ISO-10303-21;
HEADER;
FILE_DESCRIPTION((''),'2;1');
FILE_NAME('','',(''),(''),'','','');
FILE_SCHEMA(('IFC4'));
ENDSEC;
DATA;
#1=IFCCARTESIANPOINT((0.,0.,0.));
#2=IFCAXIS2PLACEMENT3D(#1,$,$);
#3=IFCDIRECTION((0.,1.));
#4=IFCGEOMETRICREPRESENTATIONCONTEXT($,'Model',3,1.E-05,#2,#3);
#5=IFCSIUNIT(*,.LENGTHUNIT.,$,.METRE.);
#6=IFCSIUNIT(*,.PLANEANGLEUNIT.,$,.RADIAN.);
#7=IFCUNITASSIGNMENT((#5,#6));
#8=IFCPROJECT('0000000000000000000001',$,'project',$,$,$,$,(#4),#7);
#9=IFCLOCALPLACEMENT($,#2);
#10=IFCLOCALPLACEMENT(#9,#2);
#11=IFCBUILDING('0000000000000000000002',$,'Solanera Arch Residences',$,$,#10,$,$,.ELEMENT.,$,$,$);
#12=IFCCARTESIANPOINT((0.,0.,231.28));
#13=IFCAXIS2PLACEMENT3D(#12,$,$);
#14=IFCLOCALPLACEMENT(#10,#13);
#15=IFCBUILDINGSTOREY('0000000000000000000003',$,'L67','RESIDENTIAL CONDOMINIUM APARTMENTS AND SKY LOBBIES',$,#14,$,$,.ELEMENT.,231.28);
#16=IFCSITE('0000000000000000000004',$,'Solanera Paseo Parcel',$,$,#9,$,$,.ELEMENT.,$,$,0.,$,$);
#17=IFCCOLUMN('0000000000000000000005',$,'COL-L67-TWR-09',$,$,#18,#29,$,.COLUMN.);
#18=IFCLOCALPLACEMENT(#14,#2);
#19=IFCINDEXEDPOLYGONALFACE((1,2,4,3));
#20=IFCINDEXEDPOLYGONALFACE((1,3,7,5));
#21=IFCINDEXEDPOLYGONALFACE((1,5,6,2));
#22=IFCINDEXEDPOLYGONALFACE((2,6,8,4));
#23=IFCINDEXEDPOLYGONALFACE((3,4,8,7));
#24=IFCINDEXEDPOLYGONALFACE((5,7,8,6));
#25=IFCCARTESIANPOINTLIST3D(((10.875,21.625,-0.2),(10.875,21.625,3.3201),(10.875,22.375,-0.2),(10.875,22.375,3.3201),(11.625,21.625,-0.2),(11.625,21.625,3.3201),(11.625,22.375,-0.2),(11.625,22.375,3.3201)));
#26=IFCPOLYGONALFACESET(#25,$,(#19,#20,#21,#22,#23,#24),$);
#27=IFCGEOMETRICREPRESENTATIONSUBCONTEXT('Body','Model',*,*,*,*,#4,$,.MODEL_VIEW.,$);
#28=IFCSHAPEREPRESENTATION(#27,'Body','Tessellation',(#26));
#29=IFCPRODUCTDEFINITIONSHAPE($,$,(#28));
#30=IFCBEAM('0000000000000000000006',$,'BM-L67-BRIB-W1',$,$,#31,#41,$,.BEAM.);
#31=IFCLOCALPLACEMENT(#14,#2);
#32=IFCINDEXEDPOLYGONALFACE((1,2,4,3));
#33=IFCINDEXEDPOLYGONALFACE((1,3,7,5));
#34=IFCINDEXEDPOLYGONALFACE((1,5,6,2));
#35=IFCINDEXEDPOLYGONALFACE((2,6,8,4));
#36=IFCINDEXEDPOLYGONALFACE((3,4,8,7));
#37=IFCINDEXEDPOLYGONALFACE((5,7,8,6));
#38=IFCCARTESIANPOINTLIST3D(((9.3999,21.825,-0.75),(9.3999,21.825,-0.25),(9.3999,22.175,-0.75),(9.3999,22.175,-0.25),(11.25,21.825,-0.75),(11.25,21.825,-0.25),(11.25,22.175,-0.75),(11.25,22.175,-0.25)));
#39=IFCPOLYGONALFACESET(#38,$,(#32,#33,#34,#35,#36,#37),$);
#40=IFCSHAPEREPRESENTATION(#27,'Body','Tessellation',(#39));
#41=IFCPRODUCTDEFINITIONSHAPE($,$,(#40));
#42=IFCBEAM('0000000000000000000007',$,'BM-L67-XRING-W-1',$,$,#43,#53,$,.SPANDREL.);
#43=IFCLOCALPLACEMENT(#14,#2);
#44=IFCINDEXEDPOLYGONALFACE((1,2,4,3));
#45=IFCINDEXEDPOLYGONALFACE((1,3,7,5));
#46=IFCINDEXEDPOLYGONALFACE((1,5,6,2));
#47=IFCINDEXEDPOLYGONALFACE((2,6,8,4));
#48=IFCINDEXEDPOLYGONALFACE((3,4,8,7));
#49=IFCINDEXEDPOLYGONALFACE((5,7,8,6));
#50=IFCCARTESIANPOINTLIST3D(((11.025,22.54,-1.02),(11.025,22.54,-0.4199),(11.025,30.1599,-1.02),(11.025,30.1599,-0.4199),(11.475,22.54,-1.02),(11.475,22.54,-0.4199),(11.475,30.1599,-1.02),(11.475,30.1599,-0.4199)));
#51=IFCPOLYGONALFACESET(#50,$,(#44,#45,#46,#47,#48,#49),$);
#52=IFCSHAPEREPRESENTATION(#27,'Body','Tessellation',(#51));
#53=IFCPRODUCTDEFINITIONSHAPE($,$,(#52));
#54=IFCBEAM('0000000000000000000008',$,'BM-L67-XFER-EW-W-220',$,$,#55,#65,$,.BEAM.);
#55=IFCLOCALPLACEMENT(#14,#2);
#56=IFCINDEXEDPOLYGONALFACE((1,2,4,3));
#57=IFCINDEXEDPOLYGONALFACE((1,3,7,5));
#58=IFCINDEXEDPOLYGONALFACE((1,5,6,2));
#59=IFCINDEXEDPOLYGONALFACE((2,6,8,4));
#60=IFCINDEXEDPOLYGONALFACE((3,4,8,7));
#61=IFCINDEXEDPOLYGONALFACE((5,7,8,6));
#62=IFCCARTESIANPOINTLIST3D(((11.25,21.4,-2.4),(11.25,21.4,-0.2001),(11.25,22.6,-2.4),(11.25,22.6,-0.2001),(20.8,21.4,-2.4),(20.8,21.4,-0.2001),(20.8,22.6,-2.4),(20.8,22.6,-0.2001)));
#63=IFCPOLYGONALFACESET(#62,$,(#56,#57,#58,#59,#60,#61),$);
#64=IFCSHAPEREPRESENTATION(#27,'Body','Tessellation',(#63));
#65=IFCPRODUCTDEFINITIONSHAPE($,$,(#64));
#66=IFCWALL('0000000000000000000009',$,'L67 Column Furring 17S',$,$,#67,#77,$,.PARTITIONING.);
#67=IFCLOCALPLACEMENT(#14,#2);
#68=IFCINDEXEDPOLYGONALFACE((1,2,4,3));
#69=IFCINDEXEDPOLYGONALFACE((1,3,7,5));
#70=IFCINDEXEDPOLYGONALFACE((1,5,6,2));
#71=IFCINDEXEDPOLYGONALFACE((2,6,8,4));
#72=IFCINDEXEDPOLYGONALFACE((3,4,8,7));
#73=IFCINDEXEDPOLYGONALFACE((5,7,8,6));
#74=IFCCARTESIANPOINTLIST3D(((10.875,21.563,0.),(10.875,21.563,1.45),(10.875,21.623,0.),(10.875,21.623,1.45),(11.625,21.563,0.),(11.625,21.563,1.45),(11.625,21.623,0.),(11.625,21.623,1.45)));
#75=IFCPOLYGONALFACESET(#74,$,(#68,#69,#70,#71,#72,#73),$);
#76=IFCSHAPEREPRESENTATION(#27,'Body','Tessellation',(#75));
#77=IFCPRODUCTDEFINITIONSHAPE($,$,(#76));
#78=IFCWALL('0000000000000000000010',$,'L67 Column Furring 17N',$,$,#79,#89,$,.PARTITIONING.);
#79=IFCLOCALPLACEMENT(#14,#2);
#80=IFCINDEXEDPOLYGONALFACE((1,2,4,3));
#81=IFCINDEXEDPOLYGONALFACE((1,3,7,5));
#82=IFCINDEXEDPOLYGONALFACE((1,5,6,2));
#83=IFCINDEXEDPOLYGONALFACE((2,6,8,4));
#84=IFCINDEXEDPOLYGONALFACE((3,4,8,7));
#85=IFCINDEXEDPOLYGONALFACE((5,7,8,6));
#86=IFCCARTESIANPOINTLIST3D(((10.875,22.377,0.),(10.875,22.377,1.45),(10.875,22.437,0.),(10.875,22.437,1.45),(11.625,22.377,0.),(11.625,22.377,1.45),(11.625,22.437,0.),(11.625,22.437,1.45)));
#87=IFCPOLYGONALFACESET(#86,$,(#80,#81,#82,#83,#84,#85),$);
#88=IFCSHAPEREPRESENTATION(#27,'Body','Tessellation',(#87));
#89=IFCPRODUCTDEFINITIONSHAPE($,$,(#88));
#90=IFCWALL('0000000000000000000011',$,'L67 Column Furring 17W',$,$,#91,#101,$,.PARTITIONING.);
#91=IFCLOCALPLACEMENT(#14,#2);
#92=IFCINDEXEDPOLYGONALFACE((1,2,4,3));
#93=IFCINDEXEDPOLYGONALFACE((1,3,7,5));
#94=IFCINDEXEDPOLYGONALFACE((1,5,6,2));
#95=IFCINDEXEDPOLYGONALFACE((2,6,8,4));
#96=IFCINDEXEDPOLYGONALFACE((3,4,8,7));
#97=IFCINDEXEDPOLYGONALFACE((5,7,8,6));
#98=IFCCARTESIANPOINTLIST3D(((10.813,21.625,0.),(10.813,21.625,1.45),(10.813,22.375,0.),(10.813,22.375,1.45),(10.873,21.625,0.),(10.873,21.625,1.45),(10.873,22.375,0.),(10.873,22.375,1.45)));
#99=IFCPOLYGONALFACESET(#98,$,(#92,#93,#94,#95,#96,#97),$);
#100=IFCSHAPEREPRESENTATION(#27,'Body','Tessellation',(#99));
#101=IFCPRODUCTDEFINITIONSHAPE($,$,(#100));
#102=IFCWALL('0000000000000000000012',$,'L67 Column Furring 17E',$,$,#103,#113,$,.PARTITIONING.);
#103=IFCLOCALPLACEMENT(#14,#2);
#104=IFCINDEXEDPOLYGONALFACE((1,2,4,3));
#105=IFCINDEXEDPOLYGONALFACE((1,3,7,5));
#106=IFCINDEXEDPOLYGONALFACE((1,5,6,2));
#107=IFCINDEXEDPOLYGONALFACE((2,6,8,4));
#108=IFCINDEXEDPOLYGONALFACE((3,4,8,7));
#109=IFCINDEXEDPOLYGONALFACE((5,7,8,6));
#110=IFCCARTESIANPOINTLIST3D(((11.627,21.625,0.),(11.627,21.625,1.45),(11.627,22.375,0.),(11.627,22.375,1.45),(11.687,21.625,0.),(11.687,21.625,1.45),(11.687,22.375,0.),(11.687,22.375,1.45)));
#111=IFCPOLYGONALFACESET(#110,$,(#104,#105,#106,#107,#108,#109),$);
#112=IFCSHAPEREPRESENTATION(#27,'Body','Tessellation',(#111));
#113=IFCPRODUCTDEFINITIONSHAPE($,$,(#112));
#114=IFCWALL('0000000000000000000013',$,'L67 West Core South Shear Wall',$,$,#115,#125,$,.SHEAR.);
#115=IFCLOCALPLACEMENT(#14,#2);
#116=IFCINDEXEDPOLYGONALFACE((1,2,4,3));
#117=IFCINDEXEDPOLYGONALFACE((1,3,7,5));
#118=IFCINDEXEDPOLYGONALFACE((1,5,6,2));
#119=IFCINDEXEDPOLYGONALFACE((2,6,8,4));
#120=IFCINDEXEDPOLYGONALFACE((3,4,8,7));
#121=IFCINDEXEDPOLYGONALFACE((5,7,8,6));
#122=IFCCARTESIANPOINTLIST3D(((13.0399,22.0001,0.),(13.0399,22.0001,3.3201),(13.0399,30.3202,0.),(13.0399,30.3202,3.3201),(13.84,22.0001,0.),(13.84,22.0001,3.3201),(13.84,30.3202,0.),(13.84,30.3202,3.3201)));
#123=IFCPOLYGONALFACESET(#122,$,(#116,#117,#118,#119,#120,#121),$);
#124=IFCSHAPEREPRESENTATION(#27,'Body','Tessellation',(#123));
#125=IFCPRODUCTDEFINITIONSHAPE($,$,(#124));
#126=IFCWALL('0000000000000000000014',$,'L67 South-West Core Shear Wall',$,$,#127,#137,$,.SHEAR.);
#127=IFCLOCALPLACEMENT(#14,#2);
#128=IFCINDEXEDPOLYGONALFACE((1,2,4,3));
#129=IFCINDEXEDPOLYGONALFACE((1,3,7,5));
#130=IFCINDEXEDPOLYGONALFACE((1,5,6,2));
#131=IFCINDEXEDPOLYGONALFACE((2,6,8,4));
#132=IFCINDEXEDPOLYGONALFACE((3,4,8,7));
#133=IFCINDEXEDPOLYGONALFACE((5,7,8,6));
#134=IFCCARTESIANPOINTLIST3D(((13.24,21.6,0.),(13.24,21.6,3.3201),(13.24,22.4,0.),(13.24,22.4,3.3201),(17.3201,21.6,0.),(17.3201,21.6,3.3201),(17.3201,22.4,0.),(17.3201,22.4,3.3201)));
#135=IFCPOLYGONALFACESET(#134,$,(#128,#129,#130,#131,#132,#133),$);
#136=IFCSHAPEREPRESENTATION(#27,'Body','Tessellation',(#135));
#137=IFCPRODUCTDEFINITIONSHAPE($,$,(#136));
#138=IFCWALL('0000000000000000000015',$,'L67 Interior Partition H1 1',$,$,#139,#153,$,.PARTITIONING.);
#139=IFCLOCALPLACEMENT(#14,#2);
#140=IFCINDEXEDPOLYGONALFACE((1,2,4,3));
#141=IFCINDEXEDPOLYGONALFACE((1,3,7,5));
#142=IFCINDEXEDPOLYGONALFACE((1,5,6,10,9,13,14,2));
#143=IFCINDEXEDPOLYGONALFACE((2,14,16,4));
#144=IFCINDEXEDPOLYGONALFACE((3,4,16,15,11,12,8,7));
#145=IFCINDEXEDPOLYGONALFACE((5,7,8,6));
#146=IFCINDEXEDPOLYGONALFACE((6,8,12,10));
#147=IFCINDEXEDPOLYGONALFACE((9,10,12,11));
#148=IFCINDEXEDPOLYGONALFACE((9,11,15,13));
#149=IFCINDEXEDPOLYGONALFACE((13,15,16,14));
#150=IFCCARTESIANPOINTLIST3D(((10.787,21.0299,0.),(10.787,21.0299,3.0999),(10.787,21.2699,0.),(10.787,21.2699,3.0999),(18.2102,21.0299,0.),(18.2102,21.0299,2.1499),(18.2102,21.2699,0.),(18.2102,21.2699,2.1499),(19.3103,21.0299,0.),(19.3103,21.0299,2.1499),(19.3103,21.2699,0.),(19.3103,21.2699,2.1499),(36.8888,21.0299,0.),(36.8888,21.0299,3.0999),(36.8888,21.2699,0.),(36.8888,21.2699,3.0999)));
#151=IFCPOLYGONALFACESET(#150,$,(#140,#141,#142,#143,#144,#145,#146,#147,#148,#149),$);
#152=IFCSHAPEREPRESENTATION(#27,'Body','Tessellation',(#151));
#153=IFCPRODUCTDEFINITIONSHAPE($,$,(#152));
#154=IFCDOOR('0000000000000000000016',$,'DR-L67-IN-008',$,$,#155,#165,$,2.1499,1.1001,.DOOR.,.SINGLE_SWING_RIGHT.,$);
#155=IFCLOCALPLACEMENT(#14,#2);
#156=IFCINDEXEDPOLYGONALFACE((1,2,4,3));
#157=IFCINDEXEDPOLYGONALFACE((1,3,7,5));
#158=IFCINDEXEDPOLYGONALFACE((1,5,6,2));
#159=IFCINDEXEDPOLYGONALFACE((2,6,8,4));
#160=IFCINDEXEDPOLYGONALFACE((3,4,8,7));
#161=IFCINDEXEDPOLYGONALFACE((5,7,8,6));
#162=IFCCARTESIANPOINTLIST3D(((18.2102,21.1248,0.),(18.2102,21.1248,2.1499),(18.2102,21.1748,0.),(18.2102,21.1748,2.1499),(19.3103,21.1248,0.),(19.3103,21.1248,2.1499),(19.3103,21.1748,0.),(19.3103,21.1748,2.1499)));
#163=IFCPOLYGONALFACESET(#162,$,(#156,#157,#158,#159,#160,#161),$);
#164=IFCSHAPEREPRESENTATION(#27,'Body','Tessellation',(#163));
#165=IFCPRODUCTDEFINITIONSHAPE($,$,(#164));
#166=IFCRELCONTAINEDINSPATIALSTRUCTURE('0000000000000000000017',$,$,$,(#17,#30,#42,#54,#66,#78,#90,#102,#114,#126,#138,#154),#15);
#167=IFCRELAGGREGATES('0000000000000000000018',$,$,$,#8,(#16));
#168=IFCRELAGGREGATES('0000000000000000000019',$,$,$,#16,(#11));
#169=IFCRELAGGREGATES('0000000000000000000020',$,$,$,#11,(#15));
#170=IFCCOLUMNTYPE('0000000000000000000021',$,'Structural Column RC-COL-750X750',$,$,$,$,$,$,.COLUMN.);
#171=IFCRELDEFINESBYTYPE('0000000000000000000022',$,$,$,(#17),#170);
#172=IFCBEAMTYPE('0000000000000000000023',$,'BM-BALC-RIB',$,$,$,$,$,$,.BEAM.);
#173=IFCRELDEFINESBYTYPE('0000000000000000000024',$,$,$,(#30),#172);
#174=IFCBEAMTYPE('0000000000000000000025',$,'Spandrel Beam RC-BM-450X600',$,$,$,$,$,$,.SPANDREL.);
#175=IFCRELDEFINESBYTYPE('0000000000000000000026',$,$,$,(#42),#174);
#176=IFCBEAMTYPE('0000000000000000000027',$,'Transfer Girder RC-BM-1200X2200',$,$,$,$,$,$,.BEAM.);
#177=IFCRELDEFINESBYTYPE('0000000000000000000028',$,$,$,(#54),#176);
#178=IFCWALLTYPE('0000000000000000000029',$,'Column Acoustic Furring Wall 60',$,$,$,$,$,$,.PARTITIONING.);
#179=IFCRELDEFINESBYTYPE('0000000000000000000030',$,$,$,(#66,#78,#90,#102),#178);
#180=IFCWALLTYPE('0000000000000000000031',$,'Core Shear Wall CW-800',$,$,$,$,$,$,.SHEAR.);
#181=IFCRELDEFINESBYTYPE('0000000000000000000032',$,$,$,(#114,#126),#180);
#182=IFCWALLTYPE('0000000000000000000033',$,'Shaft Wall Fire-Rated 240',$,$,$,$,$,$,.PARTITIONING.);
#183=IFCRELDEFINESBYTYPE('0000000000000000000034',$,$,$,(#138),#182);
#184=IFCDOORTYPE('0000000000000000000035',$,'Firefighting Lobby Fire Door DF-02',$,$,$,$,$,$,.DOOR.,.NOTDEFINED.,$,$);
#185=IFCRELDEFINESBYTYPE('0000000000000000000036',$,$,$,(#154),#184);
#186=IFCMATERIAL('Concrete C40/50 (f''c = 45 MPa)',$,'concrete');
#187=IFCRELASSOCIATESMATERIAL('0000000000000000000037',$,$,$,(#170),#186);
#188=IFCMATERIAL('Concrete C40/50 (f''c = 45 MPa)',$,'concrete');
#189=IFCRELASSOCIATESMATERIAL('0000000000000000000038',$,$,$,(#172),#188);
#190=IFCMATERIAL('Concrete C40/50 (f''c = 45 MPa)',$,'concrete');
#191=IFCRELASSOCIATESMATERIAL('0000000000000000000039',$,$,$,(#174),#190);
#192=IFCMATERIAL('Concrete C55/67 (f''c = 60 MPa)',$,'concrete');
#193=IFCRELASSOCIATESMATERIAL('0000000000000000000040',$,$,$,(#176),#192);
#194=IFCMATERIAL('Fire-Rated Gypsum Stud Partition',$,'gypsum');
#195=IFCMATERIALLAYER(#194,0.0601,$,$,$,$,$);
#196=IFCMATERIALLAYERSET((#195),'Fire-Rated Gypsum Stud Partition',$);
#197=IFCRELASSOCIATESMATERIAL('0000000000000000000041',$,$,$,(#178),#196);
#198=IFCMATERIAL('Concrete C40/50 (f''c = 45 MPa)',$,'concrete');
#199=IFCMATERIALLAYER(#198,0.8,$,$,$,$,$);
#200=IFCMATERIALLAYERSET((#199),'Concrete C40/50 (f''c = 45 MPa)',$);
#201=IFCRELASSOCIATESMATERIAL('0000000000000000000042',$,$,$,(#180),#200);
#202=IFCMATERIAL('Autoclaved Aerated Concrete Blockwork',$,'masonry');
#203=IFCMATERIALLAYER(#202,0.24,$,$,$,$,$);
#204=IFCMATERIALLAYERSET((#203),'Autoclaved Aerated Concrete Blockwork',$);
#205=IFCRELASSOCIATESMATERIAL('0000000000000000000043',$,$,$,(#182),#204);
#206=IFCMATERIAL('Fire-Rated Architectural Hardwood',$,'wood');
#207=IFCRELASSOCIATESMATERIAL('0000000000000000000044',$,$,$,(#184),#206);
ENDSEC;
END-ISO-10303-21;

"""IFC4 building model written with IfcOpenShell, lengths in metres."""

from ifc_helpers import new_model, si_unit, direction, frame, frame_2d, origin, origin_2d, place, context, subcontext, project, spatial, rectangle, extrude, material, layer, layer_set, material_profile, profile_set, type_object, element, fill, save


model = new_model("IFC4")

# Units and contexts
model_context = context("Model", 3, precision=1e-05, world=origin(), true_north=direction((0.0, 1.0)))
body_context = subcontext(model_context, "Body", "Model", "MODEL_VIEW")
ifc_project = project(units=[si_unit("LENGTHUNIT", "METRE"), si_unit("PLANEANGLEUNIT", "RADIAN")], contexts=[model_context])

# Site, building, storey
site_placement = place(None, origin())
site = spatial("IfcSite", under=ifc_project, at=site_placement, Name="Solanera Paseo Parcel", CompositionType="ELEMENT", RefElevation=0.0)
building_placement = place(site_placement, origin())
building = spatial("IfcBuilding", under=site, at=building_placement, Name="Solanera Arch Residences", CompositionType="ELEMENT")
storey_placement = place(building_placement, frame((0.0, 0.0, 231.28)))
storey = spatial("IfcBuildingStorey", under=building, at=storey_placement, Name="L67", Description="RESIDENTIAL CONDOMINIUM APARTMENTS AND SKY LOBBIES", CompositionType="ELEMENT", Elevation=231.28)

# Column
ifc_material_1 = material(Name="Concrete C40/50 (f'c = 45 MPa)", Category="concrete")
ifc_material_profile_1 = material_profile(ifc_material_1, rectangle(XDim=0.75, YDim=0.75, at=origin_2d()))
ifc_profile_set_1 = profile_set([ifc_material_profile_1], Name="Concrete C40/50 (f'c = 45 MPa)")
column_type = type_object("IfcColumnType", Name="Structural Column RC-COL-750X750", PredefinedType="COLUMN", material=ifc_profile_set_1)
column_placement = place(storey_placement, frame((11.25, 22.0, -0.2), z_axis=(0.0, 0.0, 1.0), x_axis=(1.0, 0.0, 0.0)))
element("IfcColumn", 1, at=column_placement, inside=storey, type_object=column_type, Name="COL-L67-TWR-09", PredefinedType="COLUMN", context=body_context, shape_type="SweptSolid", body=[
    extrude(rectangle(XDim=0.75, YDim=0.75, at=origin_2d()), origin(), (0.0, 0.0, 1.0), 3.52),
])

# Beams
ifc_material_2 = material(Name="Concrete C40/50 (f'c = 45 MPa)", Category="concrete")
ifc_material_profile_2 = material_profile(ifc_material_2, rectangle(XDim=0.3501, YDim=0.5, at=origin_2d()))
ifc_profile_set_2 = profile_set([ifc_material_profile_2], Name="Concrete C40/50 (f'c = 45 MPa)")
beam_type_1 = type_object("IfcBeamType", Name="BM-BALC-RIB", PredefinedType="BEAM", material=ifc_profile_set_2)
beam_1_placement = place(storey_placement, frame((9.3999, 22.0, -0.5), z_axis=(1.0, 0.0, 0.0), x_axis=(0.0, 1.0, 0.0)))
element("IfcBeam", 2, at=beam_1_placement, inside=storey, type_object=beam_type_1, Name="BM-L67-BRIB-W1", PredefinedType="BEAM", context=body_context, shape_type="SweptSolid", body=[
    extrude(rectangle(XDim=0.3501, YDim=0.5, at=origin_2d()), origin(), (0.0, 0.0, 1.0), 1.8501),
])
ifc_material_3 = material(Name="Concrete C40/50 (f'c = 45 MPa)", Category="concrete")
ifc_material_profile_3 = material_profile(ifc_material_3, rectangle(XDim=0.45, YDim=0.6001, at=origin_2d()))
ifc_profile_set_3 = profile_set([ifc_material_profile_3], Name="Concrete C40/50 (f'c = 45 MPa)")
beam_type_2 = type_object("IfcBeamType", Name="Spandrel Beam RC-BM-450X600", PredefinedType="SPANDREL", material=ifc_profile_set_3)
beam_2_placement = place(storey_placement, frame((11.25, 22.54, -0.72), z_axis=(0.0, 1.0, 0.0), x_axis=(-1.0, 0.0, 0.0)))
element("IfcBeam", 3, at=beam_2_placement, inside=storey, type_object=beam_type_2, Name="BM-L67-XRING-W-1", PredefinedType="SPANDREL", context=body_context, shape_type="SweptSolid", body=[
    extrude(rectangle(XDim=0.45, YDim=0.6001, at=origin_2d()), origin(), (0.0, 0.0, 1.0), 7.6199),
])
ifc_material_4 = material(Name="Concrete C55/67 (f'c = 60 MPa)", Category="concrete")
ifc_material_profile_4 = material_profile(ifc_material_4, rectangle(XDim=1.2, YDim=2.2, at=origin_2d()))
ifc_profile_set_4 = profile_set([ifc_material_profile_4], Name="Concrete C55/67 (f'c = 60 MPa)")
beam_type_3 = type_object("IfcBeamType", Name="Transfer Girder RC-BM-1200X2200", PredefinedType="BEAM", material=ifc_profile_set_4)
beam_3_placement = place(storey_placement, frame((11.25, 22.0, -1.3), z_axis=(1.0, 0.0, 0.0), x_axis=(0.0, 1.0, 0.0)))
element("IfcBeam", 4, at=beam_3_placement, inside=storey, type_object=beam_type_3, Name="BM-L67-XFER-EW-W-220", PredefinedType="BEAM", context=body_context, shape_type="SweptSolid", body=[
    extrude(rectangle(XDim=1.2, YDim=2.2, at=origin_2d()), origin(), (0.0, 0.0, 1.0), 9.55),
])

# Walls
ifc_material_5 = material(Name="Fire-Rated Gypsum Stud Partition", Category="gypsum")
ifc_layer_1 = layer(ifc_material_5, 0.0601)
ifc_layer_set_1 = layer_set([ifc_layer_1], Name="Fire-Rated Gypsum Stud Partition")
wall_type_1 = type_object("IfcWallType", Name="Column Acoustic Furring Wall 60", PredefinedType="PARTITIONING", material=ifc_layer_set_1)
for number, where, z_axis, x_axis, name in (
    (5, (10.875, 21.593, 0.0), (0.0, 0.0, 1.0), (1.0, 0.0, 0.0), "L67 Column Furring 17S"),
    (6, (10.875, 22.407, 0.0), (0.0, 0.0, 1.0), (1.0, 0.0, 0.0), "L67 Column Furring 17N"),
    (7, (10.843, 21.625, 0.0), (0.0, 0.0, 1.0), (0.0, 1.0, 0.0), "L67 Column Furring 17W"),
    (8, (11.657, 21.625, 0.0), (0.0, 0.0, 1.0), (0.0, 1.0, 0.0), "L67 Column Furring 17E"),
):
    element("IfcWall", number, at=place(storey_placement, frame(where, z_axis=z_axis, x_axis=x_axis)), inside=storey, type_object=wall_type_1, Name=name, PredefinedType="PARTITIONING", context=body_context, shape_type="SweptSolid", body=[
        extrude(rectangle(XDim=0.75, YDim=0.0601, at=frame_2d((0.375, 0.0))), origin(), (0.0, 0.0, 1.0), 1.45),
    ])
ifc_material_6 = material(Name="Concrete C40/50 (f'c = 45 MPa)", Category="concrete")
ifc_layer_2 = layer(ifc_material_6, 0.8)
ifc_layer_set_2 = layer_set([ifc_layer_2], Name="Concrete C40/50 (f'c = 45 MPa)")
wall_type_2 = type_object("IfcWallType", Name="Core Shear Wall CW-800", PredefinedType="SHEAR", material=ifc_layer_set_2)
wall_1_placement = place(storey_placement, frame((13.4399, 22.0, 0.0), z_axis=(0.0, 0.0, 1.0), x_axis=(0.0, 1.0, 0.0)))
element("IfcWall", 9, at=wall_1_placement, inside=storey, type_object=wall_type_2, Name="L67 West Core South Shear Wall", PredefinedType="SHEAR", context=body_context, shape_type="SweptSolid", body=[
    extrude(rectangle(XDim=8.3201, YDim=0.8, at=frame_2d((4.1602, 0.0))), origin(), (0.0, 0.0, 1.0), 3.3201),
])
wall_2_placement = place(storey_placement, frame((13.24, 22.0, 0.0), z_axis=(0.0, 0.0, 1.0), x_axis=(1.0, 0.0, 0.0)))
element("IfcWall", 10, at=wall_2_placement, inside=storey, type_object=wall_type_2, Name="L67 South-West Core Shear Wall", PredefinedType="SHEAR", context=body_context, shape_type="SweptSolid", body=[
    extrude(rectangle(XDim=4.0801, YDim=0.8, at=frame_2d((2.04, 0.0))), origin(), (0.0, 0.0, 1.0), 3.3201),
])

# Wall, opening, door
ifc_material_7 = material(Name="Autoclaved Aerated Concrete Blockwork", Category="masonry")
ifc_layer_3 = layer(ifc_material_7, 0.24)
ifc_layer_set_3 = layer_set([ifc_layer_3], Name="Autoclaved Aerated Concrete Blockwork")
wall_type_3 = type_object("IfcWallType", Name="Shaft Wall Fire-Rated 240", PredefinedType="PARTITIONING", material=ifc_layer_set_3)
wall_3_placement = place(storey_placement, frame((10.7871, 21.1499, 0.0), z_axis=(0.0, 0.0, 1.0), x_axis=(1.0, 0.0, 0.0)))
wall_3 = element("IfcWall", 11, at=wall_3_placement, inside=storey, type_object=wall_type_3, Name="L67 Interior Partition H1 1", PredefinedType="PARTITIONING", context=body_context, shape_type="SweptSolid", body=[
    extrude(rectangle(XDim=26.1018, YDim=0.24, at=frame_2d((13.0508, 0.0))), origin(), (0.0, 0.0, 1.0), 3.0999),
])
opening_placement = place(wall_3_placement, frame((7.4231, 0.0, 0.0)))
opening = element("IfcOpeningElement", 12, at=opening_placement, cuts=wall_3, PredefinedType="OPENING", context=body_context, shape_type="SweptSolid", body=[
    extrude(rectangle(XDim=1.1001, YDim=2.1499, at=frame_2d((0.55, 1.075))), frame((0.0, 0.1299, 0.0), z_axis=(0.0, -1.0, 0.0), x_axis=(1.0, 0.0, 0.0)), (0.0, 0.0, 1.0), 0.26),
])
ifc_material_8 = material(Name="Fire-Rated Architectural Hardwood", Category="wood")
door_type = type_object("IfcDoorType", Name="Firefighting Lobby Fire Door DF-02", OperationType="NOTDEFINED", PredefinedType="DOOR", material=ifc_material_8)
door_placement = place(opening_placement, origin())
door = element("IfcDoor", 13, at=door_placement, inside=storey, type_object=door_type, Name="DR-L67-IN-008", OperationType="SINGLE_SWING_RIGHT", OverallHeight=2.1499, OverallWidth=1.1001, PredefinedType="DOOR", context=body_context, shape_type="SweptSolid", body=[
    extrude(rectangle(XDim=1.1001, YDim=2.1499, at=frame_2d((0.55, 1.075))), frame((0.0, 0.0249, 0.0), z_axis=(0.0, -1.0, 0.0), x_axis=(1.0, 0.0, 0.0)), (0.0, 0.0, 1.0), 0.05),
])
fill(opening, door)

save(model, "model.ifc")
